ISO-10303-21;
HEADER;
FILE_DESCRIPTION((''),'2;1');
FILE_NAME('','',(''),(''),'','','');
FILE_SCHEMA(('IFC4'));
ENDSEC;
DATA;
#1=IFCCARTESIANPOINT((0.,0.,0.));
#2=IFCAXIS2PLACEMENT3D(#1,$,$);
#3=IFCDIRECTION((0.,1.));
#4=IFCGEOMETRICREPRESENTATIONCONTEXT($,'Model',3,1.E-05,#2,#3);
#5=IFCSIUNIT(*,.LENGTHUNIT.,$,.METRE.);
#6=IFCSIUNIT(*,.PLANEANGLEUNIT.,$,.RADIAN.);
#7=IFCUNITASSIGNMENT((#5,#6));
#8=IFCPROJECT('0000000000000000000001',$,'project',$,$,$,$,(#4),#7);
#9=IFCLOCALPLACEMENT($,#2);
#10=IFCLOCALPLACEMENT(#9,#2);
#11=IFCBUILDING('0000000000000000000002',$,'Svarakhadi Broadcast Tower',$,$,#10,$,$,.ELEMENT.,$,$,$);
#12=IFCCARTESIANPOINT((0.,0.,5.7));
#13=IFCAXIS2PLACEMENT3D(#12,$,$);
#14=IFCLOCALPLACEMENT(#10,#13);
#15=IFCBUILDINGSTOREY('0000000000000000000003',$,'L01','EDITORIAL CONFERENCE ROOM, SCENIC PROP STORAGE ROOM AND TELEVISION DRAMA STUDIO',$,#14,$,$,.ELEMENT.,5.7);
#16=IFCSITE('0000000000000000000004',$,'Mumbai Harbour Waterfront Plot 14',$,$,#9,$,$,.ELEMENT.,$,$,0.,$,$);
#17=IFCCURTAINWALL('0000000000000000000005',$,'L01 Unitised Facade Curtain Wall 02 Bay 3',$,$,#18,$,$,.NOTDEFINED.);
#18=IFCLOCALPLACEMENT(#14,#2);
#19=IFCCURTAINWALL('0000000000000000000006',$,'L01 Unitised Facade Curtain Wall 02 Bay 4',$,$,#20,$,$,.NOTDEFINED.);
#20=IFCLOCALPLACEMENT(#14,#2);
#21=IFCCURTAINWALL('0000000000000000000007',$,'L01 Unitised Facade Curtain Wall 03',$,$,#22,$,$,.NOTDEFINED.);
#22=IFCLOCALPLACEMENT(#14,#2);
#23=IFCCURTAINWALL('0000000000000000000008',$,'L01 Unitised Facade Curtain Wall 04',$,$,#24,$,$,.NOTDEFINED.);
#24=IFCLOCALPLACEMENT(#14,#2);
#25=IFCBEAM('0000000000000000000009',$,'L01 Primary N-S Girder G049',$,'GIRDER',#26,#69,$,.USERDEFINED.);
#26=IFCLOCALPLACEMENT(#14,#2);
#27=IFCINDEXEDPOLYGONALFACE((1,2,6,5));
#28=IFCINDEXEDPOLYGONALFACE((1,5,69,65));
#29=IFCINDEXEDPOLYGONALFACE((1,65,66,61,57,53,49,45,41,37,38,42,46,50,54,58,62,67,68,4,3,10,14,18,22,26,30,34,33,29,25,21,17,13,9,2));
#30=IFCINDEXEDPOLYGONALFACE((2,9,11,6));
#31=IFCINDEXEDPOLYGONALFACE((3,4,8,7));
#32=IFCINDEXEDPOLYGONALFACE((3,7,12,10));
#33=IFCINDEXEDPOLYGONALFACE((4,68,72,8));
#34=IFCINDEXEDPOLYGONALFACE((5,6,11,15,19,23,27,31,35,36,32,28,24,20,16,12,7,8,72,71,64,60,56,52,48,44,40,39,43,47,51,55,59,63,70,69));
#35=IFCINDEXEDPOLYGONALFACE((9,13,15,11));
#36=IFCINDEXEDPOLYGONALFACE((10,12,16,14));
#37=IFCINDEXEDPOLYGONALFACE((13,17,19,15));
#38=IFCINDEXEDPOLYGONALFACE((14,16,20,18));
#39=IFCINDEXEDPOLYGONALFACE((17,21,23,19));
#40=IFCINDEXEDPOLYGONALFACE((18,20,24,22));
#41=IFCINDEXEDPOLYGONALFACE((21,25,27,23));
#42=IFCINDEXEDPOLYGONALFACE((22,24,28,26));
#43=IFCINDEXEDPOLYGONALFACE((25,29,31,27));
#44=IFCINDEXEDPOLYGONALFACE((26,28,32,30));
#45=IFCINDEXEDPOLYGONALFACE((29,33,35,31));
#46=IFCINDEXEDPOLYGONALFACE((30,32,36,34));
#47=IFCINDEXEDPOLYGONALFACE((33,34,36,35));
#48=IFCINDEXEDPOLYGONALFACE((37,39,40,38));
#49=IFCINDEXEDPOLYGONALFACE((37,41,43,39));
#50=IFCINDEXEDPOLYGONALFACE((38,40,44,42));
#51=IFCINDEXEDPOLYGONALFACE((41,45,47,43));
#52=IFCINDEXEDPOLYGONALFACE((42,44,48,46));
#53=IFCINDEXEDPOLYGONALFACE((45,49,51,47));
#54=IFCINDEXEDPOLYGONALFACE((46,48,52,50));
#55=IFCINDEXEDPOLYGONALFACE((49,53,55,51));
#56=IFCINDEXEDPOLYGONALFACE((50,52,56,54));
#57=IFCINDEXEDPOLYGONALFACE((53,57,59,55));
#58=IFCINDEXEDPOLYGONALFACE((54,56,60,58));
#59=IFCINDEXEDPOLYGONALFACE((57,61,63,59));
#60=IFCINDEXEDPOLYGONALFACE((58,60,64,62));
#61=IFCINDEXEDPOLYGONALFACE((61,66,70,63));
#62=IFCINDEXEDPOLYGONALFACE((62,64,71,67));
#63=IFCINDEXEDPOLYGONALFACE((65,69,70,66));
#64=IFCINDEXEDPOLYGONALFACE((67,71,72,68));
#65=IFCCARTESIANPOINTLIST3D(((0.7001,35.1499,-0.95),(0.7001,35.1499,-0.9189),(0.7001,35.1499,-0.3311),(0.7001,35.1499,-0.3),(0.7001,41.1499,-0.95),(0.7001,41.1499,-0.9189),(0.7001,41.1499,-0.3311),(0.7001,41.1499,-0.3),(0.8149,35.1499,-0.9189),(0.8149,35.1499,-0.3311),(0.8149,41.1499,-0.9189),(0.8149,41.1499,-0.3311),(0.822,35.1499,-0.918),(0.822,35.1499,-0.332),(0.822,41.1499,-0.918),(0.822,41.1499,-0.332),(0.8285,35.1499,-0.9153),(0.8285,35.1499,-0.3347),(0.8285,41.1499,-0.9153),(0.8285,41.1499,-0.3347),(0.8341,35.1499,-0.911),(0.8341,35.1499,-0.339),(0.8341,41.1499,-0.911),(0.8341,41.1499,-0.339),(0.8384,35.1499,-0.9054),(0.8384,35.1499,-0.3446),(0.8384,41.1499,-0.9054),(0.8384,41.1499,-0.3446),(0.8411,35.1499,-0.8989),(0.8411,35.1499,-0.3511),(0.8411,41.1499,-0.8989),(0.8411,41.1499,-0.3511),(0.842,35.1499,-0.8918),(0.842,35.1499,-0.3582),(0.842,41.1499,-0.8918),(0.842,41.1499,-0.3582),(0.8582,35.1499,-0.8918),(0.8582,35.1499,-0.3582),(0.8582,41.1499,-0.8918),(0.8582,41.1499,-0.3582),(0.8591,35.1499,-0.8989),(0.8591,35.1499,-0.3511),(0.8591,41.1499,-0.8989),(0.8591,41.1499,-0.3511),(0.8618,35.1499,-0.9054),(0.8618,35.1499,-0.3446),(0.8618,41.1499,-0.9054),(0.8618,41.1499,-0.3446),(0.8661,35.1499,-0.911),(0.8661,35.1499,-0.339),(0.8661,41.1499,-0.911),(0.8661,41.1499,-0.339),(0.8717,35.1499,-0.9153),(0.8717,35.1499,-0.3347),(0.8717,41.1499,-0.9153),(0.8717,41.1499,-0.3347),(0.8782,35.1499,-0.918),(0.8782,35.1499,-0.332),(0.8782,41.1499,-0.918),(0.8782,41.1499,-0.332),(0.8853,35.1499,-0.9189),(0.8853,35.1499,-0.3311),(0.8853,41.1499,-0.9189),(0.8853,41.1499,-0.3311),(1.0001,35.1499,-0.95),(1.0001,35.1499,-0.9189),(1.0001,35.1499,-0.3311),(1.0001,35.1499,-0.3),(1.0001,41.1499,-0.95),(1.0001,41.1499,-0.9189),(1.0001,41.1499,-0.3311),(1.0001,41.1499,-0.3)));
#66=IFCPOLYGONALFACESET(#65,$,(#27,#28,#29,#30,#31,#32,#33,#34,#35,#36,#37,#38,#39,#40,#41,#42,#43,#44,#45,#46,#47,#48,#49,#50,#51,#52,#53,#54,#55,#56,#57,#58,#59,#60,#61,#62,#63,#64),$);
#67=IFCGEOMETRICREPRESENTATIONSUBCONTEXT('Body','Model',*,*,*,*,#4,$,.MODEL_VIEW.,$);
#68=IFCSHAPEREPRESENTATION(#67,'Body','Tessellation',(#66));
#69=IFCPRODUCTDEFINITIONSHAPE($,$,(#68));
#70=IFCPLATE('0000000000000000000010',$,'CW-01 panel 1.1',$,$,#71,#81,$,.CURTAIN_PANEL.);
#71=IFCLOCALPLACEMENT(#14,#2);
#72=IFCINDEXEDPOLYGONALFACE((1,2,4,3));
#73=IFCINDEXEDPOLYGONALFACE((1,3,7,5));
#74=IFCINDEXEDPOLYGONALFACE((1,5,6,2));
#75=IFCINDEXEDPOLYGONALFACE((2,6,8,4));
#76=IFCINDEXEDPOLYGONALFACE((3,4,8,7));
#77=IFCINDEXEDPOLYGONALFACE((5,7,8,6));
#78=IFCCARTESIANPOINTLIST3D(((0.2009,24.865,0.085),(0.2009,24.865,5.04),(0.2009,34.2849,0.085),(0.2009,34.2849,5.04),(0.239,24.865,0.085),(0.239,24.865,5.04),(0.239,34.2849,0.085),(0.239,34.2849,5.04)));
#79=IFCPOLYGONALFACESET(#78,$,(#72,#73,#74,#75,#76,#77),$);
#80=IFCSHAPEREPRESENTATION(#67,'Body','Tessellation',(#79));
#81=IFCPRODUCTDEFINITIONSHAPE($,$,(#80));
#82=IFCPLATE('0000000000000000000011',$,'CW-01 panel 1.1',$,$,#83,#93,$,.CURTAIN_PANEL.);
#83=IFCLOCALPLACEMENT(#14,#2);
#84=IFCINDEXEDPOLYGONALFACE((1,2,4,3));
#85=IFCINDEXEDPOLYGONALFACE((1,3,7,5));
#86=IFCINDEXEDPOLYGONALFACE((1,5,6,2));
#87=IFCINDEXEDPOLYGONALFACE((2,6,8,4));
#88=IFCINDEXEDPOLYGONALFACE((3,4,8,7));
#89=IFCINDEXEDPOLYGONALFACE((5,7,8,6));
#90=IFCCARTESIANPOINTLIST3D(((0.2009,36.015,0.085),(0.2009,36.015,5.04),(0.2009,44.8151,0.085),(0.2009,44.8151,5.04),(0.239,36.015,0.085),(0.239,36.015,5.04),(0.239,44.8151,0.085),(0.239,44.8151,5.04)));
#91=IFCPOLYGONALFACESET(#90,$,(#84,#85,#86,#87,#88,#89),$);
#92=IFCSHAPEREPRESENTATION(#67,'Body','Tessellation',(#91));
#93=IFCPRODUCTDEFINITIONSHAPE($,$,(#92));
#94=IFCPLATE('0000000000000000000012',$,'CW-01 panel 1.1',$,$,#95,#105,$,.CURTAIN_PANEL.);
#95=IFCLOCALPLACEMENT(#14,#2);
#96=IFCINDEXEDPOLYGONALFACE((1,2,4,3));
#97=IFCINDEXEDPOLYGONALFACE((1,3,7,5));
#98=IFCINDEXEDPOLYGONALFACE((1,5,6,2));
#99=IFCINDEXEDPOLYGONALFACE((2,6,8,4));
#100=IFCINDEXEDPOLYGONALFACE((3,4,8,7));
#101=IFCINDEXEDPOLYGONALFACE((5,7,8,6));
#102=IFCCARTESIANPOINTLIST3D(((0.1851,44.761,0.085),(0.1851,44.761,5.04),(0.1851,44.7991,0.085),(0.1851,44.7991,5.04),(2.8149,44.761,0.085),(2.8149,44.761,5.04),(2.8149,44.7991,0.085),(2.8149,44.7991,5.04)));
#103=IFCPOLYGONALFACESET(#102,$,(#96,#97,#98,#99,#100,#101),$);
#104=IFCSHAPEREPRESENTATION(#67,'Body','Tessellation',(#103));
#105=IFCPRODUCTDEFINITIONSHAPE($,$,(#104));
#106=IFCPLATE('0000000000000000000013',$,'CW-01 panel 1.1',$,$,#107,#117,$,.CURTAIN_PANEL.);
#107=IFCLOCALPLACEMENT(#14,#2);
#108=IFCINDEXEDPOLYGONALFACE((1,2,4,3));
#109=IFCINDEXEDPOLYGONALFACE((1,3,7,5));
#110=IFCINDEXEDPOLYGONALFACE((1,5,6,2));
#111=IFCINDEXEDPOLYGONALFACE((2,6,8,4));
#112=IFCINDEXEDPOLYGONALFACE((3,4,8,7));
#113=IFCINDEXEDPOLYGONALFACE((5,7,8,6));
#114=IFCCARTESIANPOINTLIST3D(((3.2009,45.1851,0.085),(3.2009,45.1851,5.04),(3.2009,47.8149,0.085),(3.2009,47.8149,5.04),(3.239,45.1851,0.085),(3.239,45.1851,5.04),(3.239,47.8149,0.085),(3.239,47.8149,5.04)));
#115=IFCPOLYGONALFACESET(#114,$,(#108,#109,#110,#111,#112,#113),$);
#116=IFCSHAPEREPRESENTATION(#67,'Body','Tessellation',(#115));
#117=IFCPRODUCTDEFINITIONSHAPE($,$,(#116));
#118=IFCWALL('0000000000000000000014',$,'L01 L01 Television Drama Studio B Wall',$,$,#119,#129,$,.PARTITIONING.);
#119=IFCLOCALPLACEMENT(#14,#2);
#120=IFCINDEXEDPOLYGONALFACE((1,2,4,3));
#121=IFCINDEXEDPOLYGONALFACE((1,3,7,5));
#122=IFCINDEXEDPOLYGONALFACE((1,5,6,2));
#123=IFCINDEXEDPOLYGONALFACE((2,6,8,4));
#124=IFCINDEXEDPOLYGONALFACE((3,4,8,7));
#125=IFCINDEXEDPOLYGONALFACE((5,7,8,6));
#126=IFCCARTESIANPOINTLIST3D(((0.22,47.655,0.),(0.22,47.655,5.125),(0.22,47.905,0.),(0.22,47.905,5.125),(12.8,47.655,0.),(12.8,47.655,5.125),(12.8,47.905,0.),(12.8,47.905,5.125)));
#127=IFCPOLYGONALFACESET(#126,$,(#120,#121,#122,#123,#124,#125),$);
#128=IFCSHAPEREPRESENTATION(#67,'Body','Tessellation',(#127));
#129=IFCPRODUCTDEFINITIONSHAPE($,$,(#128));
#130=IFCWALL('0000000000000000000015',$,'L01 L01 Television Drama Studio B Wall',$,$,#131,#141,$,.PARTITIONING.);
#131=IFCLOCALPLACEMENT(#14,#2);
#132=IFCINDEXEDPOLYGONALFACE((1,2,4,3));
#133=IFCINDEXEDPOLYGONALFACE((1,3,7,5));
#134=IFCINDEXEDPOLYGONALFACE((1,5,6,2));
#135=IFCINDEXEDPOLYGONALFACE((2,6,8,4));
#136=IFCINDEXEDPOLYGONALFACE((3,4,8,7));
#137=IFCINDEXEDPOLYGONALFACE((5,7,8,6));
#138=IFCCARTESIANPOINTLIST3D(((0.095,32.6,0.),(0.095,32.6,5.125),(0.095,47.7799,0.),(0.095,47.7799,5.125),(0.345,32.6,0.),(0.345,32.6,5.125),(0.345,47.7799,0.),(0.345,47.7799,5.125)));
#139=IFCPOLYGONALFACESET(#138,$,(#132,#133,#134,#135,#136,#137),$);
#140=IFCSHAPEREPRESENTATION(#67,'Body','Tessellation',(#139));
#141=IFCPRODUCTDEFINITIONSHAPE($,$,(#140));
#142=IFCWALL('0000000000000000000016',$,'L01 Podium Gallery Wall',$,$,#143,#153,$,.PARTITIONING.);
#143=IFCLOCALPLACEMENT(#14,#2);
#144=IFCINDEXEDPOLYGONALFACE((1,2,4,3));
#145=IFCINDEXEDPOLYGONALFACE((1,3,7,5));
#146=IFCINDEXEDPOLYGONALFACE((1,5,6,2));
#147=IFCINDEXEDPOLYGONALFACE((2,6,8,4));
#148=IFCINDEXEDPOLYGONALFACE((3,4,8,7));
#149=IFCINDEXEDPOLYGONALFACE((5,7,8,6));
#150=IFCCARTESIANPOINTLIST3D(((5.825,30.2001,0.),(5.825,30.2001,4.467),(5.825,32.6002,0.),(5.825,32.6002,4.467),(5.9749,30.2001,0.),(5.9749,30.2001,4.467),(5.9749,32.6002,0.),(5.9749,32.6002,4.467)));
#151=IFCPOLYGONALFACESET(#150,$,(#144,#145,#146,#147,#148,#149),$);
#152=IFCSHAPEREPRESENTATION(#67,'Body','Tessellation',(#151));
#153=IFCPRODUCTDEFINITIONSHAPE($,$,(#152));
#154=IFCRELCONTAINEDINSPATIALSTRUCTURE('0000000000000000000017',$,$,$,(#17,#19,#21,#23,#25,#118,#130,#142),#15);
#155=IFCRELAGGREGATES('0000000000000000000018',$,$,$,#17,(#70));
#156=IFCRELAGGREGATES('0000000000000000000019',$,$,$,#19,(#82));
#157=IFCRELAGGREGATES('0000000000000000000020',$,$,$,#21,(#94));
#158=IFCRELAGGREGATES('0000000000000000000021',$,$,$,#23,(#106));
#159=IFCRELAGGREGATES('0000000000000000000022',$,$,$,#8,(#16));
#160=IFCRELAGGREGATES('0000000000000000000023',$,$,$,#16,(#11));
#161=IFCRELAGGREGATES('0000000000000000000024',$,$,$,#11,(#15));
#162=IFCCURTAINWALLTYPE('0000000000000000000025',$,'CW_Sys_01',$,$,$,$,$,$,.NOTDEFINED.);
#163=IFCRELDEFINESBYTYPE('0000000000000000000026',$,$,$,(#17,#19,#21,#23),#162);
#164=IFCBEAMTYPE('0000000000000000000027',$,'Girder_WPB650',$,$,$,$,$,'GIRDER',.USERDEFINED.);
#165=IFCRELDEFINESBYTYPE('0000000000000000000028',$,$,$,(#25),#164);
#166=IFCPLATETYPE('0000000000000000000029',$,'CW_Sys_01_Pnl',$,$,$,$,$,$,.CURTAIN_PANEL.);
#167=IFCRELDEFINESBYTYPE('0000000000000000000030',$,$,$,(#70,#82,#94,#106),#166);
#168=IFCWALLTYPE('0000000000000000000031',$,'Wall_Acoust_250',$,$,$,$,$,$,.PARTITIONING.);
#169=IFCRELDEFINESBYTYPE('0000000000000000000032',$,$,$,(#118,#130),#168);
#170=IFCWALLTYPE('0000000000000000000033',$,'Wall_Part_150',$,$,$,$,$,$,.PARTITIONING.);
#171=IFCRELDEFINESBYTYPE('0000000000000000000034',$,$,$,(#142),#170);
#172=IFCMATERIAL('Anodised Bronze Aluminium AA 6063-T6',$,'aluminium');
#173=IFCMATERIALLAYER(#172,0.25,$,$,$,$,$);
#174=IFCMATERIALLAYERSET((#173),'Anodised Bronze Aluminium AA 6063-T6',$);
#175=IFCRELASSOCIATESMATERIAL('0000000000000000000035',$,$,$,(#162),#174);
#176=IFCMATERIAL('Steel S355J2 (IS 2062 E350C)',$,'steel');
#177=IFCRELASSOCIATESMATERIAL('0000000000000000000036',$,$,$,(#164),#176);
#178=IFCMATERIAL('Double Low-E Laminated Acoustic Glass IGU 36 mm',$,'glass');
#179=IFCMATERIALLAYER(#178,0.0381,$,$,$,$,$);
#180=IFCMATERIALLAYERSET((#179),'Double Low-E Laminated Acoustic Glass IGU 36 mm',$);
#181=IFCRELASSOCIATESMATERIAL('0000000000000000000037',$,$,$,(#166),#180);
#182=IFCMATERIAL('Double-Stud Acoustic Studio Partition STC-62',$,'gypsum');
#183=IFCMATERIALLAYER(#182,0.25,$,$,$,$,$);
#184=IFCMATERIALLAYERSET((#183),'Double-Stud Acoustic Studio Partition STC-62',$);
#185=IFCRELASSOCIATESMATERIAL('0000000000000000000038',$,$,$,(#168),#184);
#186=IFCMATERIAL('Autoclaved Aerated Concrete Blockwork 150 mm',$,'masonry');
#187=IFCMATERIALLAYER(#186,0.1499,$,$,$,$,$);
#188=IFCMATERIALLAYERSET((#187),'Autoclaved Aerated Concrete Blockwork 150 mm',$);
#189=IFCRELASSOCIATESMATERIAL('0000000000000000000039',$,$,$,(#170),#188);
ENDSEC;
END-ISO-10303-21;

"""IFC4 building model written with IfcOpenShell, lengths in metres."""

from ifc_helpers import new_model, si_unit, direction, frame, frame_2d, origin, origin_2d, place, context, subcontext, project, spatial, rectangle, i_section, extrude, material, layer, layer_set, material_profile, profile_set, type_object, element, aggregate, save


model = new_model("IFC4")

# Units and contexts
model_context = context("Model", 3, precision=1e-05, world=origin(), true_north=direction((0.0, 1.0)))
body_context = subcontext(model_context, "Body", "Model", "MODEL_VIEW")
ifc_project = project(units=[si_unit("LENGTHUNIT", "METRE"), si_unit("PLANEANGLEUNIT", "RADIAN")], contexts=[model_context])

# Site, building, storey
site_placement = place(None, origin())
site = spatial("IfcSite", under=ifc_project, at=site_placement, Name="Mumbai Harbour Waterfront Plot 14", CompositionType="ELEMENT", RefElevation=0.0)
building_placement = place(site_placement, origin())
building = spatial("IfcBuilding", under=site, at=building_placement, Name="Svarakhadi Broadcast Tower", CompositionType="ELEMENT")
storey_placement = place(building_placement, frame((0.0, 0.0, 5.7)))
storey = spatial("IfcBuildingStorey", under=building, at=storey_placement, Name="L01", Description="EDITORIAL CONFERENCE ROOM, SCENIC PROP STORAGE ROOM AND TELEVISION DRAMA STUDIO", CompositionType="ELEMENT", Elevation=5.7)

# Shared definitions
ifc_material_1 = material(Name="Steel S355J2 (IS 2062 E350C)", Category="steel")

# Curtain wall
ifc_material_2 = material(Name="Anodised Bronze Aluminium AA 6063-T6", Category="aluminium")
ifc_layer_1 = layer(ifc_material_2, 0.25)
ifc_layer_set_1 = layer_set([ifc_layer_1], Name="Anodised Bronze Aluminium AA 6063-T6")
curtain_wall_type = type_object("IfcCurtainWallType", Name="CW_Sys_01", PredefinedType="NOTDEFINED", material=ifc_layer_set_1)
curtain_wall_1_placement = place(storey_placement, origin())
curtain_wall_1 = element("IfcCurtainWall", 1, at=curtain_wall_1_placement, inside=storey, type_object=curtain_wall_type, Name="L01 Unitised Facade Curtain Wall 02 Bay 3", PredefinedType="NOTDEFINED")

# Curtain walls
curtain_wall_2_placement = place(storey_placement, origin())
curtain_wall_2 = element("IfcCurtainWall", 2, at=curtain_wall_2_placement, inside=storey, type_object=curtain_wall_type, Name="L01 Unitised Facade Curtain Wall 02 Bay 4", PredefinedType="NOTDEFINED")
curtain_wall_3_placement = place(storey_placement, origin())
curtain_wall_3 = element("IfcCurtainWall", 3, at=curtain_wall_3_placement, inside=storey, type_object=curtain_wall_type, Name="L01 Unitised Facade Curtain Wall 03", PredefinedType="NOTDEFINED")
curtain_wall_4_placement = place(storey_placement, origin())
curtain_wall_4 = element("IfcCurtainWall", 4, at=curtain_wall_4_placement, inside=storey, type_object=curtain_wall_type, Name="L01 Unitised Facade Curtain Wall 04", PredefinedType="NOTDEFINED")

# Beam
ifc_material_profile_1 = material_profile(ifc_material_1, i_section(OverallWidth=0.3, OverallDepth=0.6499, WebThickness=0.0161, FlangeThickness=0.031, FilletRadius=0.0271, at=origin_2d()), Name="WPB 650x300x225")
ifc_profile_set_1 = profile_set([ifc_material_profile_1], Name="Steel S355J2 (IS 2062 E350C)")
beam_type_1 = type_object("IfcBeamType", Name="Girder_WPB650", ElementType="GIRDER", PredefinedType="USERDEFINED", material=ifc_profile_set_1)
beam_placement = place(storey_placement, frame((0.8501, 35.1499, -0.625), z_axis=(0.0, 1.0, 0.0), x_axis=(-1.0, 0.0, 0.0)))
element("IfcBeam", 5, at=beam_placement, inside=storey, type_object=beam_type_1, Name="L01 Primary N-S Girder G049", ObjectType="GIRDER", PredefinedType="USERDEFINED", context=body_context, shape_type="SweptSolid", body=[
    extrude(i_section(OverallWidth=0.3, OverallDepth=0.6499, WebThickness=0.0161, FlangeThickness=0.031, FilletRadius=0.0271, at=origin_2d()), origin(), (0.0, 0.0, 1.0), 6.0),
])

# Plates
ifc_material_3 = material(Name="Double Low-E Laminated Acoustic Glass IGU 36 mm", Category="glass")
ifc_layer_2 = layer(ifc_material_3, 0.0381)
ifc_layer_set_2 = layer_set([ifc_layer_2], Name="Double Low-E Laminated Acoustic Glass IGU 36 mm")
plate_type = type_object("IfcPlateType", Name="CW_Sys_01_Pnl", PredefinedType="CURTAIN_PANEL", material=ifc_layer_set_2)
plate_1_placement = place(storey_placement, frame((0.22, 29.575, 0.085), z_axis=(0.0, 0.0, 1.0), x_axis=(0.0, 1.0, 0.0)))
plate_1 = element("IfcPlate", 6, at=plate_1_placement, type_object=plate_type, Name="CW-01 panel 1.1", PredefinedType="CURTAIN_PANEL", context=body_context, shape_type="SweptSolid", body=[
    extrude(rectangle(XDim=9.4199, YDim=0.0381, at=origin_2d()), origin(), (0.0, 0.0, 1.0), 4.9551),
])
aggregate(curtain_wall_1, [plate_1])
plate_2_placement = place(storey_placement, frame((0.22, 40.415, 0.085), z_axis=(0.0, 0.0, 1.0), x_axis=(0.0, 1.0, 0.0)))
plate_2 = element("IfcPlate", 7, at=plate_2_placement, type_object=plate_type, Name="CW-01 panel 1.1", PredefinedType="CURTAIN_PANEL", context=body_context, shape_type="SweptSolid", body=[
    extrude(rectangle(XDim=8.8, YDim=0.0381, at=origin_2d()), origin(), (0.0, 0.0, 1.0), 4.9551),
])
aggregate(curtain_wall_2, [plate_2])
plate_3_placement = place(storey_placement, frame((1.5, 44.78, 0.085), z_axis=(0.0, 0.0, 1.0), x_axis=(1.0, 0.0, 0.0)))
plate_3 = element("IfcPlate", 8, at=plate_3_placement, type_object=plate_type, Name="CW-01 panel 1.1", PredefinedType="CURTAIN_PANEL", context=body_context, shape_type="SweptSolid", body=[
    extrude(rectangle(XDim=2.6299, YDim=0.0381, at=origin_2d()), origin(), (0.0, 0.0, 1.0), 4.9551),
])
aggregate(curtain_wall_3, [plate_3])
plate_4_placement = place(storey_placement, frame((3.22, 46.5, 0.085), z_axis=(0.0, 0.0, 1.0), x_axis=(0.0, 1.0, 0.0)))
plate_4 = element("IfcPlate", 9, at=plate_4_placement, type_object=plate_type, Name="CW-01 panel 1.1", PredefinedType="CURTAIN_PANEL", context=body_context, shape_type="SweptSolid", body=[
    extrude(rectangle(XDim=2.6299, YDim=0.0381, at=origin_2d()), origin(), (0.0, 0.0, 1.0), 4.9551),
])
aggregate(curtain_wall_4, [plate_4])

# Walls
ifc_material_4 = material(Name="Double-Stud Acoustic Studio Partition STC-62", Category="gypsum")
ifc_layer_3 = layer(ifc_material_4, 0.25)
ifc_layer_set_3 = layer_set([ifc_layer_3], Name="Double-Stud Acoustic Studio Partition STC-62")
wall_type_1 = type_object("IfcWallType", Name="Wall_Acoust_250", PredefinedType="PARTITIONING", material=ifc_layer_set_3)
wall_1_placement = place(storey_placement, frame((0.22, 47.78, 0.0), z_axis=(0.0, 0.0, 1.0), x_axis=(1.0, 0.0, 0.0)))
element("IfcWall", 10, at=wall_1_placement, inside=storey, type_object=wall_type_1, Name="L01 L01 Television Drama Studio B Wall", PredefinedType="PARTITIONING", context=body_context, shape_type="SweptSolid", body=[
    extrude(rectangle(XDim=12.5801, YDim=0.25, at=frame_2d((6.29, 0.0))), origin(), (0.0, 0.0, 1.0), 5.125),
])
wall_2_placement = place(storey_placement, frame((0.22, 32.6001, 0.0), z_axis=(0.0, 0.0, 1.0), x_axis=(0.0, 1.0, 0.0)))
element("IfcWall", 11, at=wall_2_placement, inside=storey, type_object=wall_type_1, Name="L01 L01 Television Drama Studio B Wall", PredefinedType="PARTITIONING", context=body_context, shape_type="SweptSolid", body=[
    extrude(rectangle(XDim=15.1799, YDim=0.25, at=frame_2d((7.5898, 0.0))), origin(), (0.0, 0.0, 1.0), 5.125),
])
ifc_material_5 = material(Name="Autoclaved Aerated Concrete Blockwork 150 mm", Category="masonry")
ifc_layer_4 = layer(ifc_material_5, 0.1499)
ifc_layer_set_4 = layer_set([ifc_layer_4], Name="Autoclaved Aerated Concrete Blockwork 150 mm")
wall_type_2 = type_object("IfcWallType", Name="Wall_Part_150", PredefinedType="PARTITIONING", material=ifc_layer_set_4)
wall_3_placement = place(storey_placement, frame((5.8999, 30.2, 0.0), z_axis=(0.0, 0.0, 1.0), x_axis=(0.0, 1.0, 0.0)))
element("IfcWall", 12, at=wall_3_placement, inside=storey, type_object=wall_type_2, Name="L01 Podium Gallery Wall", PredefinedType="PARTITIONING", context=body_context, shape_type="SweptSolid", body=[
    extrude(rectangle(XDim=2.4001, YDim=0.1499, at=frame_2d((1.2002, 0.0))), origin(), (0.0, 0.0, 1.0), 4.467),
])

save(model, "model.ifc")
